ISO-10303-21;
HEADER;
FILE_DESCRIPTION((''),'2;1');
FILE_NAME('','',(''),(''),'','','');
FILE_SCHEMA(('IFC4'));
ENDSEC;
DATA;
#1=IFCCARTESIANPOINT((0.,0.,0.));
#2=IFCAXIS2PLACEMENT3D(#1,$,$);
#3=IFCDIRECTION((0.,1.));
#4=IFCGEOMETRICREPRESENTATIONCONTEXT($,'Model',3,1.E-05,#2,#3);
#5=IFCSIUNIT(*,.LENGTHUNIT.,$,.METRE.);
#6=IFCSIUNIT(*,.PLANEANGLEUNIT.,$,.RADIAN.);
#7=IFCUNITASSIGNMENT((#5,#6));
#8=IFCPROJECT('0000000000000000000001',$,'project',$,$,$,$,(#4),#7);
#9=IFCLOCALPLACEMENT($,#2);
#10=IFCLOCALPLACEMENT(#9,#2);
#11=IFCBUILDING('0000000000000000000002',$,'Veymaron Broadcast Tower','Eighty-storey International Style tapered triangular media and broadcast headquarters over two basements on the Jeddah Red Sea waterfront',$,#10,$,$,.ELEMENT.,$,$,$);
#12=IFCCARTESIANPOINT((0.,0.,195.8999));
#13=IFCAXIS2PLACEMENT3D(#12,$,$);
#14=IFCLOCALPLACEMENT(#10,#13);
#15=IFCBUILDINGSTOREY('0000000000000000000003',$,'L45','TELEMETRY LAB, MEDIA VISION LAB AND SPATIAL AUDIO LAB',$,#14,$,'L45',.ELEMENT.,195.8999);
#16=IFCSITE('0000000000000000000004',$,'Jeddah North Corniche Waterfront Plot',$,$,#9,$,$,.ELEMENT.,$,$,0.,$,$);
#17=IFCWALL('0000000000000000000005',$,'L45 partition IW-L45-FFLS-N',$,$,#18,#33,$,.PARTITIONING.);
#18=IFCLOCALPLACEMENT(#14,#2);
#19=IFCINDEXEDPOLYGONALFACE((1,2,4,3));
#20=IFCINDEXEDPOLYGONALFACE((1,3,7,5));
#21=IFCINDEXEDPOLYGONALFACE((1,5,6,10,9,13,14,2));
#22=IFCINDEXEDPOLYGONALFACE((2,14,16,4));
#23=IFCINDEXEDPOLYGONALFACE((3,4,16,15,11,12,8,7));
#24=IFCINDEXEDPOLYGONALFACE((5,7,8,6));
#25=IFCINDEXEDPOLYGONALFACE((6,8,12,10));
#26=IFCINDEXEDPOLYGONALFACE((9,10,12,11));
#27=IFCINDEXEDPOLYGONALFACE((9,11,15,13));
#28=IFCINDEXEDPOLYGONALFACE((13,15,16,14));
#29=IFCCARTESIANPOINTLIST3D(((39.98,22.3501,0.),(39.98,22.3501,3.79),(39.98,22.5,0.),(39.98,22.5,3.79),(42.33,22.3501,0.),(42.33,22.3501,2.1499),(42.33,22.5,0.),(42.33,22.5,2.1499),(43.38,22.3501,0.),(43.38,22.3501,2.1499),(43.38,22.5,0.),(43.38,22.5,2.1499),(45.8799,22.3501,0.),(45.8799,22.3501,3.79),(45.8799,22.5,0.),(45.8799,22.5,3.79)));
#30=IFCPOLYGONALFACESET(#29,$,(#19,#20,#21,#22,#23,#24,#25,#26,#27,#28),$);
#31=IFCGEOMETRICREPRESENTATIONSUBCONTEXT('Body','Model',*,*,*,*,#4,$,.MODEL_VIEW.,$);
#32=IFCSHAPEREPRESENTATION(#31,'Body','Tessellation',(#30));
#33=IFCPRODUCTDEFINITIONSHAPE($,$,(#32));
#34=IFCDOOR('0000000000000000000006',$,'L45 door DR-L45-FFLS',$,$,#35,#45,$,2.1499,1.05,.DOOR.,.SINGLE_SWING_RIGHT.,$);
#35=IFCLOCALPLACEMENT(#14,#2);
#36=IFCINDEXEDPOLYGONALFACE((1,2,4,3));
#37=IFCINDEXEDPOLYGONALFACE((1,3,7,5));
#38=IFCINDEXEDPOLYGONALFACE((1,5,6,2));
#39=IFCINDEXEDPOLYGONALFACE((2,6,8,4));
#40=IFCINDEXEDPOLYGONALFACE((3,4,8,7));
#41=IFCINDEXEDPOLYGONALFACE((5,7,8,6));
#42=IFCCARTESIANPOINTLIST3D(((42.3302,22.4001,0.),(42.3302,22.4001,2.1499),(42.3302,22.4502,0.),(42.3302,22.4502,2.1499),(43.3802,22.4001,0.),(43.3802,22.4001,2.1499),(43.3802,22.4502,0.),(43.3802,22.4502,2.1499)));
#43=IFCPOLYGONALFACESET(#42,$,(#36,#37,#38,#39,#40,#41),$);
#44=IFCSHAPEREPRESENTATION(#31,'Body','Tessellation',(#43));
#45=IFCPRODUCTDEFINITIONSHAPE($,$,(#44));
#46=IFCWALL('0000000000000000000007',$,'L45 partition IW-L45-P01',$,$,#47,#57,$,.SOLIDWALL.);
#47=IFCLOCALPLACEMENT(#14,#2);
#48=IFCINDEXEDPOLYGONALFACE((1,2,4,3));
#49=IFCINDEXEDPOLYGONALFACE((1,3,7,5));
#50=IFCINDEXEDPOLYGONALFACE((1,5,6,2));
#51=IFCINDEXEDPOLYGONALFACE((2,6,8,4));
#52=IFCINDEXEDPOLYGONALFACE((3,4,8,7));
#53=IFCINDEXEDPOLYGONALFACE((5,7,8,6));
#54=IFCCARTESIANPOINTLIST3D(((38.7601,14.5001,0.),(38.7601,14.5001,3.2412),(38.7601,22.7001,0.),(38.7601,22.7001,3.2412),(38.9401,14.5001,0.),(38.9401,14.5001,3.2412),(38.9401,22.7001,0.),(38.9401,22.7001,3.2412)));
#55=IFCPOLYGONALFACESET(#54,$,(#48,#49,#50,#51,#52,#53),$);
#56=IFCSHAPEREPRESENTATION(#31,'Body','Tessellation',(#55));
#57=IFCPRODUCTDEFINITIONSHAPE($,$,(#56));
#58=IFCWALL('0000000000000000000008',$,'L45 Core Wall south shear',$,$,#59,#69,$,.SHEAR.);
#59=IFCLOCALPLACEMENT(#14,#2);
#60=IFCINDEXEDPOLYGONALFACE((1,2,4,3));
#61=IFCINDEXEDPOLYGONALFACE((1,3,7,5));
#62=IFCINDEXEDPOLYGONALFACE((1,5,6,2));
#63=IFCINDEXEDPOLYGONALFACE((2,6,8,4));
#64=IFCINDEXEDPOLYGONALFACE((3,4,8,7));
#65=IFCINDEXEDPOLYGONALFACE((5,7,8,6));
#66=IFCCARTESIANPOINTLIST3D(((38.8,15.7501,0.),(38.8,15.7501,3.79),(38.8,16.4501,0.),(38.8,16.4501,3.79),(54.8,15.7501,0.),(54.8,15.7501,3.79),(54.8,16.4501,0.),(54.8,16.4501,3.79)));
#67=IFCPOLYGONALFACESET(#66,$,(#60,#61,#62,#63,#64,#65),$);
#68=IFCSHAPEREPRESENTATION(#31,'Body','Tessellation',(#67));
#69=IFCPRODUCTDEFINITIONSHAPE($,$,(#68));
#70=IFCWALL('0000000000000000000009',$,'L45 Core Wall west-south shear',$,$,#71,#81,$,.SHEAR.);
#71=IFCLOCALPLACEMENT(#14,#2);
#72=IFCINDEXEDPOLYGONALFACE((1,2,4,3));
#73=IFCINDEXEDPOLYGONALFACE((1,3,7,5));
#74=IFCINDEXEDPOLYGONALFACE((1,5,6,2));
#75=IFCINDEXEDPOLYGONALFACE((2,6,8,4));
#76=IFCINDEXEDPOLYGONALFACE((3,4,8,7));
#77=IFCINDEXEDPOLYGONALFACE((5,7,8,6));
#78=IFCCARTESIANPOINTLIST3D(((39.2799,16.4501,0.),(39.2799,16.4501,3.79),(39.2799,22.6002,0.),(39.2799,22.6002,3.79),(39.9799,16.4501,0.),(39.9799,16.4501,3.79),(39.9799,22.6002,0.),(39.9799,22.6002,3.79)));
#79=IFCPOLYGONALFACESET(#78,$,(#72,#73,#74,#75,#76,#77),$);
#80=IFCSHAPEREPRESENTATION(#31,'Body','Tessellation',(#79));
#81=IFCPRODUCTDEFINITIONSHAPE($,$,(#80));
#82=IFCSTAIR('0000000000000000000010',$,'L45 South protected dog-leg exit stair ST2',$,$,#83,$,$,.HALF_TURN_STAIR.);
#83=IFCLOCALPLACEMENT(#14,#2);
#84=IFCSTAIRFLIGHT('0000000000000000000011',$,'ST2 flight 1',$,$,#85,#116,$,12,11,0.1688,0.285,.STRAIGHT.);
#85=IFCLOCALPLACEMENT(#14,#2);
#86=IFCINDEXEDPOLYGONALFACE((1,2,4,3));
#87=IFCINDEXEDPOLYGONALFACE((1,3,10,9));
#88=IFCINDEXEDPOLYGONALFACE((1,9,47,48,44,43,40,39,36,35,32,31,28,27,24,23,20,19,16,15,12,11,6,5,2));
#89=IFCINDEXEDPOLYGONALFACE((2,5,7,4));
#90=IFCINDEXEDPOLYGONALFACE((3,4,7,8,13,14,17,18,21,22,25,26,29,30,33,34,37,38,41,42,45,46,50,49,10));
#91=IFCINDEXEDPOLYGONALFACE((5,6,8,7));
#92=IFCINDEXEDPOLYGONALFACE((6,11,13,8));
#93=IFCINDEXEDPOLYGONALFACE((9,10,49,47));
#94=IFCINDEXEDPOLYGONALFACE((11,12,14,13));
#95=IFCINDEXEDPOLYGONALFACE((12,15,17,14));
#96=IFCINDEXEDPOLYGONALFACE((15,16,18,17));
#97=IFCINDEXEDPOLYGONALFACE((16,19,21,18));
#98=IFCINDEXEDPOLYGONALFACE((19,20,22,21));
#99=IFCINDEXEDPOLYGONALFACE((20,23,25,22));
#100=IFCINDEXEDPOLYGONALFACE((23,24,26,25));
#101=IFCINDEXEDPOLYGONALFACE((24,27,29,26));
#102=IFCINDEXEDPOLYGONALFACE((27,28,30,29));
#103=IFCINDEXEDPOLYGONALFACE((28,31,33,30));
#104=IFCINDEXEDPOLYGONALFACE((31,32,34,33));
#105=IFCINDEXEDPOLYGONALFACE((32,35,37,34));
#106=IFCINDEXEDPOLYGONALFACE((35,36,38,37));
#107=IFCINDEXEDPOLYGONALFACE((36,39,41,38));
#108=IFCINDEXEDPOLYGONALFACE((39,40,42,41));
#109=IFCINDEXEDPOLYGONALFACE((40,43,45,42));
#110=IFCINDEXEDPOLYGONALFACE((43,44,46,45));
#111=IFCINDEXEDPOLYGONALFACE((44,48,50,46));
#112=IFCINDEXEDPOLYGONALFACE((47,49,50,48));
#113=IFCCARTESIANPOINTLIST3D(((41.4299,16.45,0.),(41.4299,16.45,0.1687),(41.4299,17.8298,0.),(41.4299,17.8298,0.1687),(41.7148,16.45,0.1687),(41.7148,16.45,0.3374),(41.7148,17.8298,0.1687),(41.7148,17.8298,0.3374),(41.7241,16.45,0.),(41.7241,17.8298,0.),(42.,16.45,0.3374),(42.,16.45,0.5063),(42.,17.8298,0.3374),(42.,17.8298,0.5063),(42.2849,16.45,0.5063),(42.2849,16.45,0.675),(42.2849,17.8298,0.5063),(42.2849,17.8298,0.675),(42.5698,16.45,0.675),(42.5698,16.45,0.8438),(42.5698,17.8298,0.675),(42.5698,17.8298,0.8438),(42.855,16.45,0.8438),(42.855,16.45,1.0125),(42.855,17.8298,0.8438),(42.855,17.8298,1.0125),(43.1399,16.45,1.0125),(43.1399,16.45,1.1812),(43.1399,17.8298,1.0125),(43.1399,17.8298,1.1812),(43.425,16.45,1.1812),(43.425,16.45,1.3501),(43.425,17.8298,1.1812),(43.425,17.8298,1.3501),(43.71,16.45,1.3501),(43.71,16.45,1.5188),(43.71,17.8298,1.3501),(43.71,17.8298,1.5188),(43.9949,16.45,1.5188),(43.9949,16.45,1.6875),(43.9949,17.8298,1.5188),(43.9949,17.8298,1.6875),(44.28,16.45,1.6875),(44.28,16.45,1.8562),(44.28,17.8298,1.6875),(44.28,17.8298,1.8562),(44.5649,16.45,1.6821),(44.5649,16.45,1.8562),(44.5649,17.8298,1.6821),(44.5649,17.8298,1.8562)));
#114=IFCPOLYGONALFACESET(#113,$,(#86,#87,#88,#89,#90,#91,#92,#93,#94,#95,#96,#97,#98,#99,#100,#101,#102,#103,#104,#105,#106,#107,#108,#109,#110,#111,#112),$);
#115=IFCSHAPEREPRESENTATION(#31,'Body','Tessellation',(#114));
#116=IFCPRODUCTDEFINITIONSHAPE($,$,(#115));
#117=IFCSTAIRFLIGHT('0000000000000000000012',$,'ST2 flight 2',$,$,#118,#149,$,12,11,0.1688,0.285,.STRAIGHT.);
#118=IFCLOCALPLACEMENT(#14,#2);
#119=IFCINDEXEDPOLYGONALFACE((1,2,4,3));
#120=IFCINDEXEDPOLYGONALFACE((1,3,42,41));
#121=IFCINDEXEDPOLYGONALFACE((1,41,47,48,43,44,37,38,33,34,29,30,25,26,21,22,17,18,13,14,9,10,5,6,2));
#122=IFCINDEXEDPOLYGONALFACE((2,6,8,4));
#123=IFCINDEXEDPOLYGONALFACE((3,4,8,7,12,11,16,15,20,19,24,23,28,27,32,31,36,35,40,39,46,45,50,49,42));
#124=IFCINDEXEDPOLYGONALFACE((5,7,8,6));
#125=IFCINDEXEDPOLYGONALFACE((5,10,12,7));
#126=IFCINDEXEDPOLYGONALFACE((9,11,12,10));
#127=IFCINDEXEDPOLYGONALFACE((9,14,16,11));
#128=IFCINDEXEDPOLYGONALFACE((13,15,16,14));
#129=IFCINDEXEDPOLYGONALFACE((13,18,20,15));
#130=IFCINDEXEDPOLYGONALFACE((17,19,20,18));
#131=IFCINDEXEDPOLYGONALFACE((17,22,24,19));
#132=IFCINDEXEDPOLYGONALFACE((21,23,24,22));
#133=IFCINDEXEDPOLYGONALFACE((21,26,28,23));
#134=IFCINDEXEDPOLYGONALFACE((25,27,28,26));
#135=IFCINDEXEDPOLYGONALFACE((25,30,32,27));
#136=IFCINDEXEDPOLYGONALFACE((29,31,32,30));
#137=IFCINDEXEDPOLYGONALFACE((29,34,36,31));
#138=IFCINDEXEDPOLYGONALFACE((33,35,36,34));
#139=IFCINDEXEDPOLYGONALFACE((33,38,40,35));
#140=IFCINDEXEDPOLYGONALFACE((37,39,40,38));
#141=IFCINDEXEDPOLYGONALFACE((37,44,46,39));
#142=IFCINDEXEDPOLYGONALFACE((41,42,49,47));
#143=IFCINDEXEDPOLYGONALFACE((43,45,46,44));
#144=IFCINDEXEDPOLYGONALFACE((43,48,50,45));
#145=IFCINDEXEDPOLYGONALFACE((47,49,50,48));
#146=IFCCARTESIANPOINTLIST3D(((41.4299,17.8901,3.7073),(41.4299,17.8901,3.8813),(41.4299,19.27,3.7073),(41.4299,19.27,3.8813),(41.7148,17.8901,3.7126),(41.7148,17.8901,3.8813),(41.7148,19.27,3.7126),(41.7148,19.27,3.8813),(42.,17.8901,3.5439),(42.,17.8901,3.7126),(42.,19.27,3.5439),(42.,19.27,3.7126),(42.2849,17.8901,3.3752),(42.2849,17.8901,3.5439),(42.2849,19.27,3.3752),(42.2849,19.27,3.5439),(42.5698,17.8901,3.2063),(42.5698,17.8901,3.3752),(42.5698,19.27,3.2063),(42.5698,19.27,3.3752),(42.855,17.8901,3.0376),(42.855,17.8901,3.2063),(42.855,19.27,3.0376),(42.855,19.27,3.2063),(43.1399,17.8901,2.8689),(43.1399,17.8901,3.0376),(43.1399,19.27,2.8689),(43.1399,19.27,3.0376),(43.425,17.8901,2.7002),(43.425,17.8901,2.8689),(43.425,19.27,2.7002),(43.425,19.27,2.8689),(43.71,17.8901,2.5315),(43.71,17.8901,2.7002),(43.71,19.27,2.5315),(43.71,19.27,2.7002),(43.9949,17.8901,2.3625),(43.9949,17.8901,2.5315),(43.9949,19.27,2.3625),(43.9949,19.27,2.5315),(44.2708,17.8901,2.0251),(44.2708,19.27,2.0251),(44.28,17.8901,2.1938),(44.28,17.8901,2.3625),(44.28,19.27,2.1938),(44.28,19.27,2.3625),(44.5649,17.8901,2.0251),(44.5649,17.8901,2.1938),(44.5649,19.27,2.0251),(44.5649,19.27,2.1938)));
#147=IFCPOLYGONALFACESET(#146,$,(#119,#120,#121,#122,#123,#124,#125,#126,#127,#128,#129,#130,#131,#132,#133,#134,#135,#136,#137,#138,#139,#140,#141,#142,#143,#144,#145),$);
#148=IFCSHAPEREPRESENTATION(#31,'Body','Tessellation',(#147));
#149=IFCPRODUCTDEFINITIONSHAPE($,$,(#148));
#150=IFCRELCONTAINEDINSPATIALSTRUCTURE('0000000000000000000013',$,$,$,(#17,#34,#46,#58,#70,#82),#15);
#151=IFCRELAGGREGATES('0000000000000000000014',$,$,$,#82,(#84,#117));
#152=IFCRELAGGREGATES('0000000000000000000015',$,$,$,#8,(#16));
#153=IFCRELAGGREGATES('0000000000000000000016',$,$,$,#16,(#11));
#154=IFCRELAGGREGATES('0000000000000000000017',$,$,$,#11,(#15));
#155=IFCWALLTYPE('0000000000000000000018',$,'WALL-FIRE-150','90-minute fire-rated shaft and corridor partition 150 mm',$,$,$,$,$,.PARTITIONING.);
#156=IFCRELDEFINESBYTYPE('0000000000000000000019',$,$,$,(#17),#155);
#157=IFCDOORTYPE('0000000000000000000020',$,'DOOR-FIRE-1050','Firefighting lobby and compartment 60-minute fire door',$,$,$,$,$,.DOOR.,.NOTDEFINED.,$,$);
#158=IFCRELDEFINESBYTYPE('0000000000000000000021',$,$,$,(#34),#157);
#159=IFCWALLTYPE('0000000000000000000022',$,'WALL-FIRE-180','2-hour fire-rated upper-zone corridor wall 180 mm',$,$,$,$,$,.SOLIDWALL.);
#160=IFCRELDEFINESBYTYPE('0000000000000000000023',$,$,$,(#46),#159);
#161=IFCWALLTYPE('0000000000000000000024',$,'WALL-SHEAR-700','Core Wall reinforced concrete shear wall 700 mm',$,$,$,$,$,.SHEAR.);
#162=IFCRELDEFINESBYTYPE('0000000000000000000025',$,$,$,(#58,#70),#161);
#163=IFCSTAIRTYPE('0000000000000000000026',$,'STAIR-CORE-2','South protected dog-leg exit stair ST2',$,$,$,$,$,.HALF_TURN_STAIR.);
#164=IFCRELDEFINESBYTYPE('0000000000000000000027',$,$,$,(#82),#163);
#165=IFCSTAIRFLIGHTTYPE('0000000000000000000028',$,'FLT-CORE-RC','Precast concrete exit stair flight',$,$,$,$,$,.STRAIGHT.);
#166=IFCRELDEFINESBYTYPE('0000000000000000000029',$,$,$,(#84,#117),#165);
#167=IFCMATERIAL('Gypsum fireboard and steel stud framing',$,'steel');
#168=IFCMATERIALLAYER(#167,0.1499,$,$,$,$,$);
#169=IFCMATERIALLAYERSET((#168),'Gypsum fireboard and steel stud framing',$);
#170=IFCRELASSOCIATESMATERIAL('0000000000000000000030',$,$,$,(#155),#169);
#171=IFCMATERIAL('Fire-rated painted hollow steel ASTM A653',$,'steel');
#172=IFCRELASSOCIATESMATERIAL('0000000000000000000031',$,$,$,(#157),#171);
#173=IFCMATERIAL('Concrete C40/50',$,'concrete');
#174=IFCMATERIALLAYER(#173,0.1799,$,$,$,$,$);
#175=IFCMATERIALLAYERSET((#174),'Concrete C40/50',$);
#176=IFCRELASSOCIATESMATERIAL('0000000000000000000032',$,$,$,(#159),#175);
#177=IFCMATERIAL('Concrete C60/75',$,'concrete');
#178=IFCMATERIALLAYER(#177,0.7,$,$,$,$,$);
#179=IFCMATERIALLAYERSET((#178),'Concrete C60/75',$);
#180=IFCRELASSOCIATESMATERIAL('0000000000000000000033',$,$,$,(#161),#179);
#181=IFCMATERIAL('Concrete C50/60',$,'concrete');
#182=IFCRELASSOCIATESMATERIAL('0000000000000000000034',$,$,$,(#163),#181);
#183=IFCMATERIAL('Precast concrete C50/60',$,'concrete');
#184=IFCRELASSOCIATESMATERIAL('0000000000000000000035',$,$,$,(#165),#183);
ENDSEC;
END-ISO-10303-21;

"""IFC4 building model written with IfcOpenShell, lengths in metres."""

from ifc_helpers import new_model, si_unit, direction, frame, frame_2d, origin, place, context, subcontext, project, spatial, polyline, rectangle, outline, extrude, material, layer, layer_set, type_object, element, fill, aggregate, save


model = new_model("IFC4")

# Units and contexts
model_context = context("Model", 3, precision=1e-05, world=origin(), true_north=direction((0.0, 1.0)))
body_context = subcontext(model_context, "Body", "Model", "MODEL_VIEW")
ifc_project = project(units=[si_unit("LENGTHUNIT", "METRE"), si_unit("PLANEANGLEUNIT", "RADIAN")], contexts=[model_context])

# Site, building, storey
site_placement = place(None, origin())
site = spatial("IfcSite", under=ifc_project, at=site_placement, Name="Jeddah North Corniche Waterfront Plot", CompositionType="ELEMENT", RefElevation=0.0)
building_placement = place(site_placement, origin())
building = spatial("IfcBuilding", under=site, at=building_placement, Name="Veymaron Broadcast Tower", Description="Eighty-storey International Style tapered triangular media and broadcast headquarters over two basements on the Jeddah Red Sea waterfront", CompositionType="ELEMENT")
storey_placement = place(building_placement, frame((0.0, 0.0, 195.8999)))
storey = spatial("IfcBuildingStorey", under=building, at=storey_placement, Name="L45", Description="TELEMETRY LAB, MEDIA VISION LAB AND SPATIAL AUDIO LAB", LongName="L45", CompositionType="ELEMENT", Elevation=195.8999)

# Wall, opening, door
ifc_material_1 = material(Name="Gypsum fireboard and steel stud framing", Category="steel")
ifc_layer_1 = layer(ifc_material_1, 0.1499)
ifc_layer_set_1 = layer_set([ifc_layer_1], Name="Gypsum fireboard and steel stud framing")
wall_type_1 = type_object("IfcWallType", Name="WALL-FIRE-150", Description="90-minute fire-rated shaft and corridor partition 150 mm", PredefinedType="PARTITIONING", material=ifc_layer_set_1)
wall_1_placement = place(storey_placement, frame((39.98, 22.425, 0.0), z_axis=(0.0, 0.0, 1.0), x_axis=(1.0, 0.0, 0.0)))
wall_1 = element("IfcWall", 1, at=wall_1_placement, inside=storey, type_object=wall_type_1, Name="L45 partition IW-L45-FFLS-N", PredefinedType="PARTITIONING", context=body_context, shape_type="SweptSolid", body=[
    extrude(rectangle(XDim=5.8999, YDim=0.1499, at=frame_2d((2.95, 0.0))), origin(), (0.0, 0.0, 1.0), 3.79),
])
opening_1_placement = place(wall_1_placement, frame((2.3501, 0.0, 0.0)))
opening_1 = element("IfcOpeningElement", 2, at=opening_1_placement, cuts=wall_1, PredefinedType="OPENING", context=body_context, shape_type="SweptSolid", body=[
    extrude(rectangle(XDim=1.05, YDim=2.1499, at=frame_2d((0.5249, 1.075))), frame((0.0, 0.085, 0.0), z_axis=(0.0, -1.0, 0.0), x_axis=(1.0, 0.0, 0.0)), (0.0, 0.0, 1.0), 0.1699),
])
ifc_material_2 = material(Name="Fire-rated painted hollow steel ASTM A653", Category="steel")
door_type_1 = type_object("IfcDoorType", Name="DOOR-FIRE-1050", Description="Firefighting lobby and compartment 60-minute fire door", OperationType="NOTDEFINED", PredefinedType="DOOR", material=ifc_material_2)
door_1_placement = place(opening_1_placement, frame((1.05, 0.0, 0.0), z_axis=(0.0, 0.0, 1.0), x_axis=(-1.0, 0.0, 0.0)))
door_1 = element("IfcDoor", 3, at=door_1_placement, inside=storey, type_object=door_type_1, Name="L45 door DR-L45-FFLS", OperationType="SINGLE_SWING_RIGHT", OverallHeight=2.1499, OverallWidth=1.05, PredefinedType="DOOR", context=body_context, shape_type="SweptSolid", body=[
    extrude(rectangle(XDim=1.05, YDim=2.1499, at=frame_2d((0.5249, 1.075))), frame((0.0, 0.0249, 0.0), z_axis=(0.0, -1.0, 0.0), x_axis=(1.0, 0.0, 0.0)), (0.0, 0.0, 1.0), 0.05),
])
fill(opening_1, door_1)

# Wall
ifc_material_3 = material(Name="Concrete C40/50", Category="concrete")
ifc_layer_2 = layer(ifc_material_3, 0.1799)
ifc_layer_set_2 = layer_set([ifc_layer_2], Name="Concrete C40/50")
wall_type_2 = type_object("IfcWallType", Name="WALL-FIRE-180", Description="2-hour fire-rated upper-zone corridor wall 180 mm", PredefinedType="SOLIDWALL", material=ifc_layer_set_2)
wall_2_placement = place(storey_placement, frame((38.8501, 14.5, 0.0), z_axis=(0.0, 0.0, 1.0), x_axis=(0.0, 1.0, 0.0)))
element("IfcWall", 4, at=wall_2_placement, inside=storey, type_object=wall_type_2, Name="L45 partition IW-L45-P01", PredefinedType="SOLIDWALL", context=body_context, shape_type="SweptSolid", body=[
    extrude(rectangle(XDim=8.2, YDim=0.1799, at=frame_2d((4.1001, 0.0))), origin(), (0.0, 0.0, 1.0), 3.2412),
])

# Shared definitions
ifc_material_4 = material(Name="Concrete C50/60", Category="concrete")

# Walls
ifc_material_5 = material(Name="Concrete C60/75", Category="concrete")
ifc_layer_3 = layer(ifc_material_5, 0.7)
ifc_layer_set_3 = layer_set([ifc_layer_3], Name="Concrete C60/75")
wall_type_3 = type_object("IfcWallType", Name="WALL-SHEAR-700", Description="Core Wall reinforced concrete shear wall 700 mm", PredefinedType="SHEAR", material=ifc_layer_set_3)
wall_3_placement = place(storey_placement, frame((38.8, 16.1001, 0.0), z_axis=(0.0, 0.0, 1.0), x_axis=(1.0, 0.0, 0.0)))
element("IfcWall", 5, at=wall_3_placement, inside=storey, type_object=wall_type_3, Name="L45 Core Wall south shear", PredefinedType="SHEAR", context=body_context, shape_type="SweptSolid", body=[
    extrude(rectangle(XDim=16.0, YDim=0.7, at=frame_2d((8.0, 0.0))), origin(), (0.0, 0.0, 1.0), 3.79),
])
wall_4_placement = place(storey_placement, frame((39.6299, 16.45, 0.0), z_axis=(0.0, 0.0, 1.0), x_axis=(0.0, 1.0, 0.0)))
element("IfcWall", 6, at=wall_4_placement, inside=storey, type_object=wall_type_3, Name="L45 Core Wall west-south shear", PredefinedType="SHEAR", context=body_context, shape_type="SweptSolid", body=[
    extrude(rectangle(XDim=6.1501, YDim=0.7, at=frame_2d((3.0752, 0.0))), origin(), (0.0, 0.0, 1.0), 3.79),
])

# Stair, stair flights
stair_type = type_object("IfcStairType", Name="STAIR-CORE-2", Description="South protected dog-leg exit stair ST2", PredefinedType="HALF_TURN_STAIR", material=ifc_material_4)
stair_placement = place(storey_placement, origin())
stair = element("IfcStair", 7, at=stair_placement, inside=storey, type_object=stair_type, Name="L45 South protected dog-leg exit stair ST2", PredefinedType="HALF_TURN_STAIR")
ifc_material_6 = material(Name="Precast concrete C50/60", Category="concrete")
stair_flight_type = type_object("IfcStairFlightType", Name="FLT-CORE-RC", Description="Precast concrete exit stair flight", PredefinedType="STRAIGHT", material=ifc_material_6)
stair_flight_1_placement = place(storey_placement, frame((41.4299, 17.1399, 0.0), z_axis=(0.0, 0.0, 1.0), x_axis=(1.0, 0.0, 0.0)))
stair_flight_1 = element("IfcStairFlight", 8, at=stair_flight_1_placement, type_object=stair_flight_type, Name="ST2 flight 1", NumberOfRisers=12, NumberOfTreads=11, PredefinedType="STRAIGHT", RiserHeight=0.1688, TreadLength=0.285, context=body_context, shape_type="SweptSolid", body=[
    extrude(outline(polyline([(0.0, 0.0), (0.0, 0.1687), (0.2849, 0.1687), (0.2849, 0.3374), (0.5701, 0.3374), (0.5701, 0.5063), (0.855, 0.5063), (0.855, 0.675), (1.1399, 0.675), (1.1399, 0.8438), (1.425, 0.8438), (1.425, 1.0125), (1.71, 1.0125), (1.71, 1.1812), (1.9951, 1.1812), (1.9951, 1.3501), (2.28, 1.3501), (2.28, 1.5188), (2.5649, 1.5188), (2.5649, 1.6875), (2.8501, 1.6875), (2.8501, 1.8562), (3.135, 1.8562), (3.135, 2.0249), (3.135, 1.6821), (0.2942, 0.0), (0.0, 0.0)])), frame((0.0, 0.6899, 0.0), z_axis=(0.0, -1.0, 0.0), x_axis=(1.0, 0.0, 0.0)), (0.0, 0.0, 1.0), 1.3799),
])
stair_flight_2_placement = place(storey_placement, frame((44.5649, 18.5801, 2.0251), z_axis=(0.0, 0.0, 1.0), x_axis=(-1.0, 0.0, 0.0)))
stair_flight_2 = element("IfcStairFlight", 9, at=stair_flight_2_placement, type_object=stair_flight_type, Name="ST2 flight 2", NumberOfRisers=12, NumberOfTreads=11, PredefinedType="STRAIGHT", RiserHeight=0.1688, TreadLength=0.285, context=body_context, shape_type="SweptSolid", body=[
    extrude(outline(polyline([(0.0, 0.0), (0.0, 0.1687), (0.2849, 0.1687), (0.2849, 0.3374), (0.5701, 0.3374), (0.5701, 0.5063), (0.855, 0.5063), (0.855, 0.675), (1.1399, 0.675), (1.1399, 0.8438), (1.425, 0.8438), (1.425, 1.0125), (1.71, 1.0125), (1.71, 1.1812), (1.9951, 1.1812), (1.9951, 1.3501), (2.28, 1.3501), (2.28, 1.5188), (2.5649, 1.5188), (2.5649, 1.6875), (2.8501, 1.6875), (2.8501, 1.8562), (3.135, 1.8562), (3.135, 2.0249), (3.135, 1.6821), (0.2942, 0.0), (0.0, 0.0)])), frame((0.0, 0.6899, 0.0), z_axis=(0.0, -1.0, 0.0), x_axis=(1.0, 0.0, 0.0)), (0.0, 0.0, 1.0), 1.3799),
])
aggregate(stair, [stair_flight_1, stair_flight_2])

save(model, "model.ifc")
